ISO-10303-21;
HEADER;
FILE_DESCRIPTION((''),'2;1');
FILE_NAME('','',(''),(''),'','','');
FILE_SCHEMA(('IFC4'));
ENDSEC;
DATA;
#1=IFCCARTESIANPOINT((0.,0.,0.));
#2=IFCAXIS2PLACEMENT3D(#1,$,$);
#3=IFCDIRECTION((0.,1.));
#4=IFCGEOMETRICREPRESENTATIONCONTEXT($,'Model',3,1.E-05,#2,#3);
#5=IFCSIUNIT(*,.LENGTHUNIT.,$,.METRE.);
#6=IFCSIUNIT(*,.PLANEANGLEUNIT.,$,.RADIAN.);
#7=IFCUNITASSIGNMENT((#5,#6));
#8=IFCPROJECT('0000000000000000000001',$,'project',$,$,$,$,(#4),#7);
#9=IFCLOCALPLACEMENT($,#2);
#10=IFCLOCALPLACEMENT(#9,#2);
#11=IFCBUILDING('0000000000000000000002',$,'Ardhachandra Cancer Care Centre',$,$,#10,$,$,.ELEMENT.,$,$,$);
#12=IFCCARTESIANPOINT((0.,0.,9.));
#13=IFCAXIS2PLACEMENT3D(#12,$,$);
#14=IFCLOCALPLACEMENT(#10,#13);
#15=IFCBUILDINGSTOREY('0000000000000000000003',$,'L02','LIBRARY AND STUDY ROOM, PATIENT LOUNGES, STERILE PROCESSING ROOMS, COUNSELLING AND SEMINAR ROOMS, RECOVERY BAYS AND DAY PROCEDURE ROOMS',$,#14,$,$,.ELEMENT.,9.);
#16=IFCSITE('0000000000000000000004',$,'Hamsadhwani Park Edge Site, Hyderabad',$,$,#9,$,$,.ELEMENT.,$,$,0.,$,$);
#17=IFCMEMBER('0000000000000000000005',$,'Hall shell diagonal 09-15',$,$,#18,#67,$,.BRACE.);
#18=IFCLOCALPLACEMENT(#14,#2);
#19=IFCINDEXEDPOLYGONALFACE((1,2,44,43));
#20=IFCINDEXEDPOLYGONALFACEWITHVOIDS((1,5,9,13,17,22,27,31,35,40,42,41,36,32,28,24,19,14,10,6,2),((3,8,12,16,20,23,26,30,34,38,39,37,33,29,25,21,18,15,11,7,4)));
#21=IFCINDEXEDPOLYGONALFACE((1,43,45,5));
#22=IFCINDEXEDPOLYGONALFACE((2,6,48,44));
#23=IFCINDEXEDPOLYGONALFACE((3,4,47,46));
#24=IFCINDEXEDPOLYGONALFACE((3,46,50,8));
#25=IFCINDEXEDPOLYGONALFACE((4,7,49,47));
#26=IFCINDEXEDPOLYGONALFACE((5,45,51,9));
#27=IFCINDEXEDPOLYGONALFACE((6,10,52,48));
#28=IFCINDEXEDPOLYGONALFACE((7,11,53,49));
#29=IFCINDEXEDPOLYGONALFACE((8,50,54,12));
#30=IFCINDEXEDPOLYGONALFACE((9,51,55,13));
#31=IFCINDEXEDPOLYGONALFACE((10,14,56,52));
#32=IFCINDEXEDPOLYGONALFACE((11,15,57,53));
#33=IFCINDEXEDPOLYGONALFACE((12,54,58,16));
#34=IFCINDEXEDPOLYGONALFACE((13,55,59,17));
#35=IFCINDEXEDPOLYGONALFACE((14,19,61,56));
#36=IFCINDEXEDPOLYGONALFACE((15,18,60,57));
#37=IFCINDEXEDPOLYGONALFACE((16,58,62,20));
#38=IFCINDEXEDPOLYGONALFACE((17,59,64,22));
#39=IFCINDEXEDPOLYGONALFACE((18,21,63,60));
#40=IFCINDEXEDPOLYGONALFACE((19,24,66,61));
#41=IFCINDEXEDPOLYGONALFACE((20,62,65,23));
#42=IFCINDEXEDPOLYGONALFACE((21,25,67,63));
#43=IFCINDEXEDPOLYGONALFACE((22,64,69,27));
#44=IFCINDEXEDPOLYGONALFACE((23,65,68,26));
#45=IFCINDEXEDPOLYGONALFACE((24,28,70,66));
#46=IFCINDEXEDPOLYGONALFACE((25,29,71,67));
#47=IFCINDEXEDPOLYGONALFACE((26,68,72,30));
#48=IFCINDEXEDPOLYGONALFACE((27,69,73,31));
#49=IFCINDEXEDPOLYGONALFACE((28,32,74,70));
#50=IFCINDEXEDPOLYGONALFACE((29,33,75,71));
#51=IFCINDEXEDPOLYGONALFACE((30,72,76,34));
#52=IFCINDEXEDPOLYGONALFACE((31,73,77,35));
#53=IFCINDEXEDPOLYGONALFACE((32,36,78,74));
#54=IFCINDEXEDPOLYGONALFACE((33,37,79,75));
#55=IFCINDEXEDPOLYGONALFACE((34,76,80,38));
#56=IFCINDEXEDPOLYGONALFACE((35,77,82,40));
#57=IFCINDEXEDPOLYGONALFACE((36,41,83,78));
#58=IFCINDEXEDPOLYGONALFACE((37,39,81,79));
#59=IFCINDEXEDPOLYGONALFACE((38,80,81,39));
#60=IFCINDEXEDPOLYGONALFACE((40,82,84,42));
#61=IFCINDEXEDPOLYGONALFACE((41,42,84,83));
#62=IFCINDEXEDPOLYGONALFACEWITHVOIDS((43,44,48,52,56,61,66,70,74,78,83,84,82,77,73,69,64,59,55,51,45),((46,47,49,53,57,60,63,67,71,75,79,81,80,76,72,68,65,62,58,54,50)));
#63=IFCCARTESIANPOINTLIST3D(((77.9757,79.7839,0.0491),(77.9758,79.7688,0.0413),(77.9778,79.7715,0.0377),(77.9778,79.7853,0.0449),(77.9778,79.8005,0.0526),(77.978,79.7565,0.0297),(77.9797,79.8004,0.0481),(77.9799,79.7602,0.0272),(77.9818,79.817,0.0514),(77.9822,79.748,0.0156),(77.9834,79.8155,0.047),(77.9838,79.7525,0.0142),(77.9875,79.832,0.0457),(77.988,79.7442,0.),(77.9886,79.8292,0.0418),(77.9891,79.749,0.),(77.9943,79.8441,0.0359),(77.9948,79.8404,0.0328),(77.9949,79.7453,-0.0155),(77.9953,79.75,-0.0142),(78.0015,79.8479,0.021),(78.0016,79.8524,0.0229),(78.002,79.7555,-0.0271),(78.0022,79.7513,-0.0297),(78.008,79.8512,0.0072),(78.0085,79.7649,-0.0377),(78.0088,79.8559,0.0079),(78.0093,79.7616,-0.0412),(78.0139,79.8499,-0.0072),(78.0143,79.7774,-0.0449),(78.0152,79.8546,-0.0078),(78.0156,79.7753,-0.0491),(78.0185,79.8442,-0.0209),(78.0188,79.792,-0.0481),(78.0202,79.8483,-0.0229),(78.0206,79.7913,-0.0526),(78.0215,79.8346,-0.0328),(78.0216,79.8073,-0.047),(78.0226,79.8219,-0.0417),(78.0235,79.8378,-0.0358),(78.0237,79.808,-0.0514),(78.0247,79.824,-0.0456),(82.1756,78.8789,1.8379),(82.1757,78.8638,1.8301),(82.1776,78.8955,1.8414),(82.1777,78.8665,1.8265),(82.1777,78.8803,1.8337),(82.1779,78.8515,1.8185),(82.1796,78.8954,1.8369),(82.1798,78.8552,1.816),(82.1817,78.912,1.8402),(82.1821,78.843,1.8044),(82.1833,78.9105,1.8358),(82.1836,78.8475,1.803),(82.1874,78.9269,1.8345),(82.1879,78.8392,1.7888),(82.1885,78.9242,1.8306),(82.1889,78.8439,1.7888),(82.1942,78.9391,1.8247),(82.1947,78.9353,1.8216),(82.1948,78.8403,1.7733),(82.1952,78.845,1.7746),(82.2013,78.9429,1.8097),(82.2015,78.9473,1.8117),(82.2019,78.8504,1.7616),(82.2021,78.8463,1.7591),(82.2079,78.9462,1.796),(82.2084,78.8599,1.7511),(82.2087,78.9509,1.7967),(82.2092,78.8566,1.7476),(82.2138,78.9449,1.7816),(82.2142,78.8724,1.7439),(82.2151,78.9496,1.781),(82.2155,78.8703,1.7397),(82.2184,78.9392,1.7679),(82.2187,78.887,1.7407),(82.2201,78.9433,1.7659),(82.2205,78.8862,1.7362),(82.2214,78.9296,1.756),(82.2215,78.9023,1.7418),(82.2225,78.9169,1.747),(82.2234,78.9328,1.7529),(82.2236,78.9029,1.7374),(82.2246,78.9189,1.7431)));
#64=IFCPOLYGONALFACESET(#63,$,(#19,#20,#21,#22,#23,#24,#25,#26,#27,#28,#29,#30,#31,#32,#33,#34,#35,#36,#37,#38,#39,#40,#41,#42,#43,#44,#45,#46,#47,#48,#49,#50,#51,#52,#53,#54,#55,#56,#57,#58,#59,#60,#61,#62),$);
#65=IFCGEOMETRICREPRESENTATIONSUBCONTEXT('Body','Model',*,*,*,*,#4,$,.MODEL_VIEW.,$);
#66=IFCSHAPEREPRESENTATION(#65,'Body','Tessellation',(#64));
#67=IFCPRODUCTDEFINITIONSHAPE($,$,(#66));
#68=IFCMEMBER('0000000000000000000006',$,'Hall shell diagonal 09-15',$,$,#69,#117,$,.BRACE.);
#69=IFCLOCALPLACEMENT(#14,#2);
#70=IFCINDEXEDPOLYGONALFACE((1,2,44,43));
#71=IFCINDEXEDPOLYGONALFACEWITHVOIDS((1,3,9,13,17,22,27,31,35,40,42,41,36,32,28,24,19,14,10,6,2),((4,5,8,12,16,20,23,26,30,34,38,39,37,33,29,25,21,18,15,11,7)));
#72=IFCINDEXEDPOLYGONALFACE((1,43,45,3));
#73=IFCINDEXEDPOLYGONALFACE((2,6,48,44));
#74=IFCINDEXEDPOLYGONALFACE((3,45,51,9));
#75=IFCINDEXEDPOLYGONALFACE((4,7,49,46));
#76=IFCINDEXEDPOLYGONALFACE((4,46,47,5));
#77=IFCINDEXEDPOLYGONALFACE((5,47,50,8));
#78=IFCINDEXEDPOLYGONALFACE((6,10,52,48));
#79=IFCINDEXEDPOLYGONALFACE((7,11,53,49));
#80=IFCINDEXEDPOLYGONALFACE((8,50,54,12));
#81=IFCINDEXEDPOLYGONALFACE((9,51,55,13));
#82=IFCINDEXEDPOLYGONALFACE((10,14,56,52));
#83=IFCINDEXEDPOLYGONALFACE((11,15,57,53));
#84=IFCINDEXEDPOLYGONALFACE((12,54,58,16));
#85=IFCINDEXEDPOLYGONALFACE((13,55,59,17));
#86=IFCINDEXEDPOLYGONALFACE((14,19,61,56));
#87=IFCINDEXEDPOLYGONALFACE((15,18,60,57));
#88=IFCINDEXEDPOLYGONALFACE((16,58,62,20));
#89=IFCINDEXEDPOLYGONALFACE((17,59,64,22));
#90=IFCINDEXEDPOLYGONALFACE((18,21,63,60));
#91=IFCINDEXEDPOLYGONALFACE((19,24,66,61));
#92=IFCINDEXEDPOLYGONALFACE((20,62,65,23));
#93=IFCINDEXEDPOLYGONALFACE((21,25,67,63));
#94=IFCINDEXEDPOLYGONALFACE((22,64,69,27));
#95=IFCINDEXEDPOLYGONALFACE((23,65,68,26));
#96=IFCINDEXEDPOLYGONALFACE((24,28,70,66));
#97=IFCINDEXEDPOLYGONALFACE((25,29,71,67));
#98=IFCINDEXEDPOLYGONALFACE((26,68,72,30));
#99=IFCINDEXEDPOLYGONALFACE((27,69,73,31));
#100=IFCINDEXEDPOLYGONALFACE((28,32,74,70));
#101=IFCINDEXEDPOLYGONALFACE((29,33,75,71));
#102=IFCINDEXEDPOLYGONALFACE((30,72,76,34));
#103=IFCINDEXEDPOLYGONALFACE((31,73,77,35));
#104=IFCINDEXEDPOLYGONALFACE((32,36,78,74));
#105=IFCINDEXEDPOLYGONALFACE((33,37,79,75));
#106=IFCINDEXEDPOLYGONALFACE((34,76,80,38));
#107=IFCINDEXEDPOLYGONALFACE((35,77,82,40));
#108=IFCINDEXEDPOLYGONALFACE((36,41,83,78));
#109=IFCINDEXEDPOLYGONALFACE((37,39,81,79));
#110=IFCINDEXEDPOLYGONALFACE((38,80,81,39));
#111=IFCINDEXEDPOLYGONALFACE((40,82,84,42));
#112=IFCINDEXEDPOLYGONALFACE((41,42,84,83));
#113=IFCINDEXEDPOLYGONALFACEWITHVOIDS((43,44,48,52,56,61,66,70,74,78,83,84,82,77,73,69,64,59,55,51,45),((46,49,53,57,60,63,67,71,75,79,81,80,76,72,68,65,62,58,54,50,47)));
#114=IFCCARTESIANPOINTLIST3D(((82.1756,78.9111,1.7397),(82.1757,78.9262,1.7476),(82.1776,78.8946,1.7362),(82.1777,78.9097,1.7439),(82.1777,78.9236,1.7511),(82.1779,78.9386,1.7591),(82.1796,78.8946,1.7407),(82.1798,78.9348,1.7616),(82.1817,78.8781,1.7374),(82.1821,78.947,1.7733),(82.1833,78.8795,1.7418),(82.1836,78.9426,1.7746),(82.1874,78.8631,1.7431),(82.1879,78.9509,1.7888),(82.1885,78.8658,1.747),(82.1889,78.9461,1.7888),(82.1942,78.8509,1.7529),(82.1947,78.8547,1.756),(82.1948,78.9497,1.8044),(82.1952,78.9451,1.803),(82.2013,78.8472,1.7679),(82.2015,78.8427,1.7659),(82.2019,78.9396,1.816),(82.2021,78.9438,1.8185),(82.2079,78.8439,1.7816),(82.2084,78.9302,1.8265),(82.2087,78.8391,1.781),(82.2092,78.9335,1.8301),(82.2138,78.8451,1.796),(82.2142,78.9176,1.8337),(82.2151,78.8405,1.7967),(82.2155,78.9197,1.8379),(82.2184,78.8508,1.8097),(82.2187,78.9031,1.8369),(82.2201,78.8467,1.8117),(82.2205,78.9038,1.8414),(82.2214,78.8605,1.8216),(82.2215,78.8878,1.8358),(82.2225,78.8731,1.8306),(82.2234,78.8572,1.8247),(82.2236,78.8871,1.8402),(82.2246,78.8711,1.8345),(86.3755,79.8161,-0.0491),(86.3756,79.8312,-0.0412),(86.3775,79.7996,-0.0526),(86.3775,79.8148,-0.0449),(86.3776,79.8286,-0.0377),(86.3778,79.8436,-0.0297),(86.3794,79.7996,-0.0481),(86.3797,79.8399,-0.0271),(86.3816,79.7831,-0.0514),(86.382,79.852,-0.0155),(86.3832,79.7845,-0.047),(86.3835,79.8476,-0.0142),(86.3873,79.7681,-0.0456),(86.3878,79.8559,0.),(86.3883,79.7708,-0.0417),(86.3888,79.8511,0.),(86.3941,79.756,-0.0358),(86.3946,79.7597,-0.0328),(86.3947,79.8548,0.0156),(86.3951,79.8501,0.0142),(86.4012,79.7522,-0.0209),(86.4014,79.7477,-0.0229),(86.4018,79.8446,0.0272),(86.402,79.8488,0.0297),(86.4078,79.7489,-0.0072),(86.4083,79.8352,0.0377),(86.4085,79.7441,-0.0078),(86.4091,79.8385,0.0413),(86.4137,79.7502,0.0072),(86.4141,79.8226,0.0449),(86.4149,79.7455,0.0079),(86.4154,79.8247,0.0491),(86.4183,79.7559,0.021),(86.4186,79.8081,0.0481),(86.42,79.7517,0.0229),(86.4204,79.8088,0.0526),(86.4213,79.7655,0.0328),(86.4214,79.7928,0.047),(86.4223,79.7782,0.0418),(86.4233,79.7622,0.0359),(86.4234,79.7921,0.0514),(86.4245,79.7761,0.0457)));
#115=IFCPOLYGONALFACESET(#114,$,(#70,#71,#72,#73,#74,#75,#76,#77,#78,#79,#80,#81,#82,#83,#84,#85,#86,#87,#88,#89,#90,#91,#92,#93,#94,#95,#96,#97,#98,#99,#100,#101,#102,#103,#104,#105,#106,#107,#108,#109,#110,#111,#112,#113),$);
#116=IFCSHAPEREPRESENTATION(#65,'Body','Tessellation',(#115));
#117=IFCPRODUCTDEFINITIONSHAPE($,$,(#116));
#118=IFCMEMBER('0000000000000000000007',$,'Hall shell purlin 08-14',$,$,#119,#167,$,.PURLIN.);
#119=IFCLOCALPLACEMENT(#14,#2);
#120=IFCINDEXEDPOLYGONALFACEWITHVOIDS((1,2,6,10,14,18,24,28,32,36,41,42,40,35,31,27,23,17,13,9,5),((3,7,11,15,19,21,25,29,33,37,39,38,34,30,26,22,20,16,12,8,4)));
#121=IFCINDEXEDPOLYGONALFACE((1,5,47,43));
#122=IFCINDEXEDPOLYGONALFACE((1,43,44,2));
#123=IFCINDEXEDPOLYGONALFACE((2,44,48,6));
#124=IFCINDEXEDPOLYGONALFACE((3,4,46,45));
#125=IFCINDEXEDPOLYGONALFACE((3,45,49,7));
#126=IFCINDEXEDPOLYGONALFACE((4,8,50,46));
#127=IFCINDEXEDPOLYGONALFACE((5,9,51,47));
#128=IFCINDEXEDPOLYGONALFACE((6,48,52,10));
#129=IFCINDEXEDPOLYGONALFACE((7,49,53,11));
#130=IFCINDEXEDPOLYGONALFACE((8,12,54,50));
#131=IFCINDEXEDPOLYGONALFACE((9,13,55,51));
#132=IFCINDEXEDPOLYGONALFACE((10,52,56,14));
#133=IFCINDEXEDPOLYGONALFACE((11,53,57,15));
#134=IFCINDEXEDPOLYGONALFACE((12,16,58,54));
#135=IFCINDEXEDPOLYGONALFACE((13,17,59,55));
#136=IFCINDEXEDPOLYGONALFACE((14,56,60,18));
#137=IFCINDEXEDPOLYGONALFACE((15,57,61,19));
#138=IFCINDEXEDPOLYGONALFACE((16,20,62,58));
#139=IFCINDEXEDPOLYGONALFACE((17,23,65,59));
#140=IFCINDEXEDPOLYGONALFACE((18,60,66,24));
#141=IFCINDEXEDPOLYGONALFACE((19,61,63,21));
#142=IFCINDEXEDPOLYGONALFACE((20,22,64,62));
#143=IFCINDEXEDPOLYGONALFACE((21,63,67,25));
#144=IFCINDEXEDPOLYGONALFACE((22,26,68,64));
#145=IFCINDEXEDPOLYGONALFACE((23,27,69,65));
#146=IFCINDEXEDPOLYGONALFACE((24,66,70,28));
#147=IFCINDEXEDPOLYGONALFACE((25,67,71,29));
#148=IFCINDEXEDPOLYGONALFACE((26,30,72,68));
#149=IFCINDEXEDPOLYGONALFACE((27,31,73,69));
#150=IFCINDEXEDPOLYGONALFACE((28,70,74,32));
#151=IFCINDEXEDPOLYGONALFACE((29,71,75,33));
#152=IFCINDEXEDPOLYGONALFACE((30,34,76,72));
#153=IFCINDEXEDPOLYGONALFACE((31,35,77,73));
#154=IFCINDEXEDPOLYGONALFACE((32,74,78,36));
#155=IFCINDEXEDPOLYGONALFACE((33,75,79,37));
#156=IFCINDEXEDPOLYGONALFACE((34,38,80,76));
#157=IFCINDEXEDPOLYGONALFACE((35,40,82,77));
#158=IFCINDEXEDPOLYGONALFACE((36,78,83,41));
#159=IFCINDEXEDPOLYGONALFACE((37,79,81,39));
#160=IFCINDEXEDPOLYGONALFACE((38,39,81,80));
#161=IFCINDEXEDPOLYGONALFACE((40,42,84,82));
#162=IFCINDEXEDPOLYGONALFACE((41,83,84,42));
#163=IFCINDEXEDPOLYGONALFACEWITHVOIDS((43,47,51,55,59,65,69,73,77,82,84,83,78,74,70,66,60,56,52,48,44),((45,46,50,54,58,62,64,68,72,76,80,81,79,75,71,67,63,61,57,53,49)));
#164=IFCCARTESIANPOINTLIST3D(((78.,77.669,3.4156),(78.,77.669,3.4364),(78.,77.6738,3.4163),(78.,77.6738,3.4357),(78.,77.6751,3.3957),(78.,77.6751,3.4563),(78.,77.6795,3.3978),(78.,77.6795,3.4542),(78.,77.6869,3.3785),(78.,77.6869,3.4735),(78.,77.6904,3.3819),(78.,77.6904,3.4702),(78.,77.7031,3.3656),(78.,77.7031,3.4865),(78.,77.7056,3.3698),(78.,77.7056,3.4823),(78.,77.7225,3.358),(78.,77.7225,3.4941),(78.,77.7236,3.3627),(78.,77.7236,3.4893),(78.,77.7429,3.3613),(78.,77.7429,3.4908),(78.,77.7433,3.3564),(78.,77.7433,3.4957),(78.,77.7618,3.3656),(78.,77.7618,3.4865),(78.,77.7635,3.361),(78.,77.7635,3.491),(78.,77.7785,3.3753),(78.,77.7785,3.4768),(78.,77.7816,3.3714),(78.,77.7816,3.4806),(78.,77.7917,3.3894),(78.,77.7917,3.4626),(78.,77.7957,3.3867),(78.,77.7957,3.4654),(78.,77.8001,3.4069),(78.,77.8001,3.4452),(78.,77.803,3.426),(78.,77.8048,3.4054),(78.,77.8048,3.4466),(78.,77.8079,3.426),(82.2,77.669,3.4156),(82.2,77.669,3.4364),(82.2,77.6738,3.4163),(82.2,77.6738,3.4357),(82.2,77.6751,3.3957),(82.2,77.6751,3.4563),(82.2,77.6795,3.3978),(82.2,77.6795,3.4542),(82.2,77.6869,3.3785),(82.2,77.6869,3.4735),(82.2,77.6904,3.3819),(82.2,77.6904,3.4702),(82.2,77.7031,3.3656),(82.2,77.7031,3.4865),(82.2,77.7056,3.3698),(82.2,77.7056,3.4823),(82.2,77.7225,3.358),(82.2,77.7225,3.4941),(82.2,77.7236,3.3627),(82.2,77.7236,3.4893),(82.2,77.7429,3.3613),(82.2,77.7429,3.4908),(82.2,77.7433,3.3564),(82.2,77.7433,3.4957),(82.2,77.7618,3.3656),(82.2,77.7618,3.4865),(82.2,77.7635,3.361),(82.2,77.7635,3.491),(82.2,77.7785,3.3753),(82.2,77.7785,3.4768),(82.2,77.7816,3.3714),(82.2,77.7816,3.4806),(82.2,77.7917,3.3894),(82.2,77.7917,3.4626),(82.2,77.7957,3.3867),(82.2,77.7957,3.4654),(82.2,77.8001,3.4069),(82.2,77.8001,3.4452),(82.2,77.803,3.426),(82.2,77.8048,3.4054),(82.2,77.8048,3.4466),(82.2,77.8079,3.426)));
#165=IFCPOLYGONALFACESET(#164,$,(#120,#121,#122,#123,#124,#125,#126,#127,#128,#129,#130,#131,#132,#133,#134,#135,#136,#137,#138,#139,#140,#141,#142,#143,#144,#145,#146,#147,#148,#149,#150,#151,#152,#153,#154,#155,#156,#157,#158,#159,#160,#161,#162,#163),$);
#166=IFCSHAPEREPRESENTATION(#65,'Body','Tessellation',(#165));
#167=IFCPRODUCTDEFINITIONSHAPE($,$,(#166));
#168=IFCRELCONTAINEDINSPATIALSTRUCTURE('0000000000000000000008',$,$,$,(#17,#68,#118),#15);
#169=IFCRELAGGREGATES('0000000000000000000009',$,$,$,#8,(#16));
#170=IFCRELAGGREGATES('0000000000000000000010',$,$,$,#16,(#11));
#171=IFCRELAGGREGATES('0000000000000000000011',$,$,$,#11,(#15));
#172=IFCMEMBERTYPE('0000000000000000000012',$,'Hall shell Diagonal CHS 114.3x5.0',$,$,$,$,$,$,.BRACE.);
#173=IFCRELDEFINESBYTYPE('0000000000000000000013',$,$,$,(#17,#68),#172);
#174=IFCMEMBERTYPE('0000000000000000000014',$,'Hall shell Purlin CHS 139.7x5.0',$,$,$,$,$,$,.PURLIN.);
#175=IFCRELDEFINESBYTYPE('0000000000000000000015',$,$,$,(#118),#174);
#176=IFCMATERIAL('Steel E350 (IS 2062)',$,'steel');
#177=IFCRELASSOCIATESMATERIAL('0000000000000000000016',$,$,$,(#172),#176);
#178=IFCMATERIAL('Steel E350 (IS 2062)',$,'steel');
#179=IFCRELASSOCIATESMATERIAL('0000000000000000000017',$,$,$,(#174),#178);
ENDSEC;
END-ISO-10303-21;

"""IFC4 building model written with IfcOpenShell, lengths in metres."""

from ifc_helpers import new_model, si_unit, direction, frame, origin, origin_2d, place, context, subcontext, project, spatial, hollow_circle, extrude, material, material_profile, profile_set, type_object, element, save


model = new_model("IFC4")

# Units and contexts
model_context = context("Model", 3, precision=1e-05, world=origin(), true_north=direction((0.0, 1.0)))
body_context = subcontext(model_context, "Body", "Model", "MODEL_VIEW")
ifc_project = project(units=[si_unit("LENGTHUNIT", "METRE"), si_unit("PLANEANGLEUNIT", "RADIAN")], contexts=[model_context])

# Site, building, storey
site_placement = place(None, origin())
site = spatial("IfcSite", under=ifc_project, at=site_placement, Name="Hamsadhwani Park Edge Site, Hyderabad", CompositionType="ELEMENT", RefElevation=0.0)
building_placement = place(site_placement, origin())
building = spatial("IfcBuilding", under=site, at=building_placement, Name="Ardhachandra Cancer Care Centre", CompositionType="ELEMENT")
storey_placement = place(building_placement, frame((0.0, 0.0, 9.0)))
storey = spatial("IfcBuildingStorey", under=building, at=storey_placement, Name="L02", Description="LIBRARY AND STUDY ROOM, PATIENT LOUNGES, STERILE PROCESSING ROOMS, COUNSELLING AND SEMINAR ROOMS, RECOVERY BAYS AND DAY PROCEDURE ROOMS", CompositionType="ELEMENT", Elevation=9.0)

# Members
ifc_material_1 = material(Name="Steel E350 (IS 2062)", Category="steel")
ifc_material_profile_1 = material_profile(ifc_material_1, hollow_circle(Radius=0.0571, WallThickness=0.0049, at=origin_2d()), Name="CHS 114.3x5.0")
ifc_profile_set_1 = profile_set([ifc_material_profile_1], Name="Steel E350 (IS 2062)")
member_type_1 = type_object("IfcMemberType", Name="Hall shell Diagonal CHS 114.3x5.0", PredefinedType="BRACE", material=ifc_profile_set_1)
for number, where, z_axis, x_axis, name in (
    (1, (82.2, 78.895, 1.7888), (-0.902464, 0.194468, -0.384372), (-0.21065, -0.977561, 0.0), "Hall shell diagonal 09-15"),
    (2, (82.2, 78.895, 1.7888), (0.902464, 0.194468, -0.384372), (-0.21065, 0.977561, 0.0), "Hall shell diagonal 09-15"),
):
    element("IfcMember", number, at=place(storey_placement, frame(where, z_axis=z_axis, x_axis=x_axis)), inside=storey, type_object=member_type_1, Name=name, PredefinedType="BRACE", context=body_context, shape_type="SweptSolid", body=[
        extrude(hollow_circle(Radius=0.0571, WallThickness=0.0049, at=origin_2d()), origin(), (0.0, 0.0, 1.0), 4.6538),
    ])
ifc_material_2 = material(Name="Steel E350 (IS 2062)", Category="steel")
ifc_material_profile_2 = material_profile(ifc_material_2, hollow_circle(Radius=0.0698, WallThickness=0.0049, at=origin_2d()), Name="CHS 139.7x5.0")
ifc_profile_set_2 = profile_set([ifc_material_profile_2], Name="Steel E350 (IS 2062)")
member_type_2 = type_object("IfcMemberType", Name="Hall shell Purlin CHS 139.7x5.0", PredefinedType="PURLIN", material=ifc_profile_set_2)
for number, where, z_axis, x_axis, name in (
    (3, (78.0, 77.738, 3.426), (1.0, 0.0, 0.0), (0.0, 1.0, 0.0), "Hall shell purlin 08-14"),
):
    element("IfcMember", number, at=place(storey_placement, frame(where, z_axis=z_axis, x_axis=x_axis)), inside=storey, type_object=member_type_2, Name=name, PredefinedType="PURLIN", context=body_context, shape_type="SweptSolid", body=[
        extrude(hollow_circle(Radius=0.0698, WallThickness=0.0049, at=origin_2d()), origin(), (0.0, 0.0, 1.0), 4.2),
    ])

save(model, "model.ifc")
